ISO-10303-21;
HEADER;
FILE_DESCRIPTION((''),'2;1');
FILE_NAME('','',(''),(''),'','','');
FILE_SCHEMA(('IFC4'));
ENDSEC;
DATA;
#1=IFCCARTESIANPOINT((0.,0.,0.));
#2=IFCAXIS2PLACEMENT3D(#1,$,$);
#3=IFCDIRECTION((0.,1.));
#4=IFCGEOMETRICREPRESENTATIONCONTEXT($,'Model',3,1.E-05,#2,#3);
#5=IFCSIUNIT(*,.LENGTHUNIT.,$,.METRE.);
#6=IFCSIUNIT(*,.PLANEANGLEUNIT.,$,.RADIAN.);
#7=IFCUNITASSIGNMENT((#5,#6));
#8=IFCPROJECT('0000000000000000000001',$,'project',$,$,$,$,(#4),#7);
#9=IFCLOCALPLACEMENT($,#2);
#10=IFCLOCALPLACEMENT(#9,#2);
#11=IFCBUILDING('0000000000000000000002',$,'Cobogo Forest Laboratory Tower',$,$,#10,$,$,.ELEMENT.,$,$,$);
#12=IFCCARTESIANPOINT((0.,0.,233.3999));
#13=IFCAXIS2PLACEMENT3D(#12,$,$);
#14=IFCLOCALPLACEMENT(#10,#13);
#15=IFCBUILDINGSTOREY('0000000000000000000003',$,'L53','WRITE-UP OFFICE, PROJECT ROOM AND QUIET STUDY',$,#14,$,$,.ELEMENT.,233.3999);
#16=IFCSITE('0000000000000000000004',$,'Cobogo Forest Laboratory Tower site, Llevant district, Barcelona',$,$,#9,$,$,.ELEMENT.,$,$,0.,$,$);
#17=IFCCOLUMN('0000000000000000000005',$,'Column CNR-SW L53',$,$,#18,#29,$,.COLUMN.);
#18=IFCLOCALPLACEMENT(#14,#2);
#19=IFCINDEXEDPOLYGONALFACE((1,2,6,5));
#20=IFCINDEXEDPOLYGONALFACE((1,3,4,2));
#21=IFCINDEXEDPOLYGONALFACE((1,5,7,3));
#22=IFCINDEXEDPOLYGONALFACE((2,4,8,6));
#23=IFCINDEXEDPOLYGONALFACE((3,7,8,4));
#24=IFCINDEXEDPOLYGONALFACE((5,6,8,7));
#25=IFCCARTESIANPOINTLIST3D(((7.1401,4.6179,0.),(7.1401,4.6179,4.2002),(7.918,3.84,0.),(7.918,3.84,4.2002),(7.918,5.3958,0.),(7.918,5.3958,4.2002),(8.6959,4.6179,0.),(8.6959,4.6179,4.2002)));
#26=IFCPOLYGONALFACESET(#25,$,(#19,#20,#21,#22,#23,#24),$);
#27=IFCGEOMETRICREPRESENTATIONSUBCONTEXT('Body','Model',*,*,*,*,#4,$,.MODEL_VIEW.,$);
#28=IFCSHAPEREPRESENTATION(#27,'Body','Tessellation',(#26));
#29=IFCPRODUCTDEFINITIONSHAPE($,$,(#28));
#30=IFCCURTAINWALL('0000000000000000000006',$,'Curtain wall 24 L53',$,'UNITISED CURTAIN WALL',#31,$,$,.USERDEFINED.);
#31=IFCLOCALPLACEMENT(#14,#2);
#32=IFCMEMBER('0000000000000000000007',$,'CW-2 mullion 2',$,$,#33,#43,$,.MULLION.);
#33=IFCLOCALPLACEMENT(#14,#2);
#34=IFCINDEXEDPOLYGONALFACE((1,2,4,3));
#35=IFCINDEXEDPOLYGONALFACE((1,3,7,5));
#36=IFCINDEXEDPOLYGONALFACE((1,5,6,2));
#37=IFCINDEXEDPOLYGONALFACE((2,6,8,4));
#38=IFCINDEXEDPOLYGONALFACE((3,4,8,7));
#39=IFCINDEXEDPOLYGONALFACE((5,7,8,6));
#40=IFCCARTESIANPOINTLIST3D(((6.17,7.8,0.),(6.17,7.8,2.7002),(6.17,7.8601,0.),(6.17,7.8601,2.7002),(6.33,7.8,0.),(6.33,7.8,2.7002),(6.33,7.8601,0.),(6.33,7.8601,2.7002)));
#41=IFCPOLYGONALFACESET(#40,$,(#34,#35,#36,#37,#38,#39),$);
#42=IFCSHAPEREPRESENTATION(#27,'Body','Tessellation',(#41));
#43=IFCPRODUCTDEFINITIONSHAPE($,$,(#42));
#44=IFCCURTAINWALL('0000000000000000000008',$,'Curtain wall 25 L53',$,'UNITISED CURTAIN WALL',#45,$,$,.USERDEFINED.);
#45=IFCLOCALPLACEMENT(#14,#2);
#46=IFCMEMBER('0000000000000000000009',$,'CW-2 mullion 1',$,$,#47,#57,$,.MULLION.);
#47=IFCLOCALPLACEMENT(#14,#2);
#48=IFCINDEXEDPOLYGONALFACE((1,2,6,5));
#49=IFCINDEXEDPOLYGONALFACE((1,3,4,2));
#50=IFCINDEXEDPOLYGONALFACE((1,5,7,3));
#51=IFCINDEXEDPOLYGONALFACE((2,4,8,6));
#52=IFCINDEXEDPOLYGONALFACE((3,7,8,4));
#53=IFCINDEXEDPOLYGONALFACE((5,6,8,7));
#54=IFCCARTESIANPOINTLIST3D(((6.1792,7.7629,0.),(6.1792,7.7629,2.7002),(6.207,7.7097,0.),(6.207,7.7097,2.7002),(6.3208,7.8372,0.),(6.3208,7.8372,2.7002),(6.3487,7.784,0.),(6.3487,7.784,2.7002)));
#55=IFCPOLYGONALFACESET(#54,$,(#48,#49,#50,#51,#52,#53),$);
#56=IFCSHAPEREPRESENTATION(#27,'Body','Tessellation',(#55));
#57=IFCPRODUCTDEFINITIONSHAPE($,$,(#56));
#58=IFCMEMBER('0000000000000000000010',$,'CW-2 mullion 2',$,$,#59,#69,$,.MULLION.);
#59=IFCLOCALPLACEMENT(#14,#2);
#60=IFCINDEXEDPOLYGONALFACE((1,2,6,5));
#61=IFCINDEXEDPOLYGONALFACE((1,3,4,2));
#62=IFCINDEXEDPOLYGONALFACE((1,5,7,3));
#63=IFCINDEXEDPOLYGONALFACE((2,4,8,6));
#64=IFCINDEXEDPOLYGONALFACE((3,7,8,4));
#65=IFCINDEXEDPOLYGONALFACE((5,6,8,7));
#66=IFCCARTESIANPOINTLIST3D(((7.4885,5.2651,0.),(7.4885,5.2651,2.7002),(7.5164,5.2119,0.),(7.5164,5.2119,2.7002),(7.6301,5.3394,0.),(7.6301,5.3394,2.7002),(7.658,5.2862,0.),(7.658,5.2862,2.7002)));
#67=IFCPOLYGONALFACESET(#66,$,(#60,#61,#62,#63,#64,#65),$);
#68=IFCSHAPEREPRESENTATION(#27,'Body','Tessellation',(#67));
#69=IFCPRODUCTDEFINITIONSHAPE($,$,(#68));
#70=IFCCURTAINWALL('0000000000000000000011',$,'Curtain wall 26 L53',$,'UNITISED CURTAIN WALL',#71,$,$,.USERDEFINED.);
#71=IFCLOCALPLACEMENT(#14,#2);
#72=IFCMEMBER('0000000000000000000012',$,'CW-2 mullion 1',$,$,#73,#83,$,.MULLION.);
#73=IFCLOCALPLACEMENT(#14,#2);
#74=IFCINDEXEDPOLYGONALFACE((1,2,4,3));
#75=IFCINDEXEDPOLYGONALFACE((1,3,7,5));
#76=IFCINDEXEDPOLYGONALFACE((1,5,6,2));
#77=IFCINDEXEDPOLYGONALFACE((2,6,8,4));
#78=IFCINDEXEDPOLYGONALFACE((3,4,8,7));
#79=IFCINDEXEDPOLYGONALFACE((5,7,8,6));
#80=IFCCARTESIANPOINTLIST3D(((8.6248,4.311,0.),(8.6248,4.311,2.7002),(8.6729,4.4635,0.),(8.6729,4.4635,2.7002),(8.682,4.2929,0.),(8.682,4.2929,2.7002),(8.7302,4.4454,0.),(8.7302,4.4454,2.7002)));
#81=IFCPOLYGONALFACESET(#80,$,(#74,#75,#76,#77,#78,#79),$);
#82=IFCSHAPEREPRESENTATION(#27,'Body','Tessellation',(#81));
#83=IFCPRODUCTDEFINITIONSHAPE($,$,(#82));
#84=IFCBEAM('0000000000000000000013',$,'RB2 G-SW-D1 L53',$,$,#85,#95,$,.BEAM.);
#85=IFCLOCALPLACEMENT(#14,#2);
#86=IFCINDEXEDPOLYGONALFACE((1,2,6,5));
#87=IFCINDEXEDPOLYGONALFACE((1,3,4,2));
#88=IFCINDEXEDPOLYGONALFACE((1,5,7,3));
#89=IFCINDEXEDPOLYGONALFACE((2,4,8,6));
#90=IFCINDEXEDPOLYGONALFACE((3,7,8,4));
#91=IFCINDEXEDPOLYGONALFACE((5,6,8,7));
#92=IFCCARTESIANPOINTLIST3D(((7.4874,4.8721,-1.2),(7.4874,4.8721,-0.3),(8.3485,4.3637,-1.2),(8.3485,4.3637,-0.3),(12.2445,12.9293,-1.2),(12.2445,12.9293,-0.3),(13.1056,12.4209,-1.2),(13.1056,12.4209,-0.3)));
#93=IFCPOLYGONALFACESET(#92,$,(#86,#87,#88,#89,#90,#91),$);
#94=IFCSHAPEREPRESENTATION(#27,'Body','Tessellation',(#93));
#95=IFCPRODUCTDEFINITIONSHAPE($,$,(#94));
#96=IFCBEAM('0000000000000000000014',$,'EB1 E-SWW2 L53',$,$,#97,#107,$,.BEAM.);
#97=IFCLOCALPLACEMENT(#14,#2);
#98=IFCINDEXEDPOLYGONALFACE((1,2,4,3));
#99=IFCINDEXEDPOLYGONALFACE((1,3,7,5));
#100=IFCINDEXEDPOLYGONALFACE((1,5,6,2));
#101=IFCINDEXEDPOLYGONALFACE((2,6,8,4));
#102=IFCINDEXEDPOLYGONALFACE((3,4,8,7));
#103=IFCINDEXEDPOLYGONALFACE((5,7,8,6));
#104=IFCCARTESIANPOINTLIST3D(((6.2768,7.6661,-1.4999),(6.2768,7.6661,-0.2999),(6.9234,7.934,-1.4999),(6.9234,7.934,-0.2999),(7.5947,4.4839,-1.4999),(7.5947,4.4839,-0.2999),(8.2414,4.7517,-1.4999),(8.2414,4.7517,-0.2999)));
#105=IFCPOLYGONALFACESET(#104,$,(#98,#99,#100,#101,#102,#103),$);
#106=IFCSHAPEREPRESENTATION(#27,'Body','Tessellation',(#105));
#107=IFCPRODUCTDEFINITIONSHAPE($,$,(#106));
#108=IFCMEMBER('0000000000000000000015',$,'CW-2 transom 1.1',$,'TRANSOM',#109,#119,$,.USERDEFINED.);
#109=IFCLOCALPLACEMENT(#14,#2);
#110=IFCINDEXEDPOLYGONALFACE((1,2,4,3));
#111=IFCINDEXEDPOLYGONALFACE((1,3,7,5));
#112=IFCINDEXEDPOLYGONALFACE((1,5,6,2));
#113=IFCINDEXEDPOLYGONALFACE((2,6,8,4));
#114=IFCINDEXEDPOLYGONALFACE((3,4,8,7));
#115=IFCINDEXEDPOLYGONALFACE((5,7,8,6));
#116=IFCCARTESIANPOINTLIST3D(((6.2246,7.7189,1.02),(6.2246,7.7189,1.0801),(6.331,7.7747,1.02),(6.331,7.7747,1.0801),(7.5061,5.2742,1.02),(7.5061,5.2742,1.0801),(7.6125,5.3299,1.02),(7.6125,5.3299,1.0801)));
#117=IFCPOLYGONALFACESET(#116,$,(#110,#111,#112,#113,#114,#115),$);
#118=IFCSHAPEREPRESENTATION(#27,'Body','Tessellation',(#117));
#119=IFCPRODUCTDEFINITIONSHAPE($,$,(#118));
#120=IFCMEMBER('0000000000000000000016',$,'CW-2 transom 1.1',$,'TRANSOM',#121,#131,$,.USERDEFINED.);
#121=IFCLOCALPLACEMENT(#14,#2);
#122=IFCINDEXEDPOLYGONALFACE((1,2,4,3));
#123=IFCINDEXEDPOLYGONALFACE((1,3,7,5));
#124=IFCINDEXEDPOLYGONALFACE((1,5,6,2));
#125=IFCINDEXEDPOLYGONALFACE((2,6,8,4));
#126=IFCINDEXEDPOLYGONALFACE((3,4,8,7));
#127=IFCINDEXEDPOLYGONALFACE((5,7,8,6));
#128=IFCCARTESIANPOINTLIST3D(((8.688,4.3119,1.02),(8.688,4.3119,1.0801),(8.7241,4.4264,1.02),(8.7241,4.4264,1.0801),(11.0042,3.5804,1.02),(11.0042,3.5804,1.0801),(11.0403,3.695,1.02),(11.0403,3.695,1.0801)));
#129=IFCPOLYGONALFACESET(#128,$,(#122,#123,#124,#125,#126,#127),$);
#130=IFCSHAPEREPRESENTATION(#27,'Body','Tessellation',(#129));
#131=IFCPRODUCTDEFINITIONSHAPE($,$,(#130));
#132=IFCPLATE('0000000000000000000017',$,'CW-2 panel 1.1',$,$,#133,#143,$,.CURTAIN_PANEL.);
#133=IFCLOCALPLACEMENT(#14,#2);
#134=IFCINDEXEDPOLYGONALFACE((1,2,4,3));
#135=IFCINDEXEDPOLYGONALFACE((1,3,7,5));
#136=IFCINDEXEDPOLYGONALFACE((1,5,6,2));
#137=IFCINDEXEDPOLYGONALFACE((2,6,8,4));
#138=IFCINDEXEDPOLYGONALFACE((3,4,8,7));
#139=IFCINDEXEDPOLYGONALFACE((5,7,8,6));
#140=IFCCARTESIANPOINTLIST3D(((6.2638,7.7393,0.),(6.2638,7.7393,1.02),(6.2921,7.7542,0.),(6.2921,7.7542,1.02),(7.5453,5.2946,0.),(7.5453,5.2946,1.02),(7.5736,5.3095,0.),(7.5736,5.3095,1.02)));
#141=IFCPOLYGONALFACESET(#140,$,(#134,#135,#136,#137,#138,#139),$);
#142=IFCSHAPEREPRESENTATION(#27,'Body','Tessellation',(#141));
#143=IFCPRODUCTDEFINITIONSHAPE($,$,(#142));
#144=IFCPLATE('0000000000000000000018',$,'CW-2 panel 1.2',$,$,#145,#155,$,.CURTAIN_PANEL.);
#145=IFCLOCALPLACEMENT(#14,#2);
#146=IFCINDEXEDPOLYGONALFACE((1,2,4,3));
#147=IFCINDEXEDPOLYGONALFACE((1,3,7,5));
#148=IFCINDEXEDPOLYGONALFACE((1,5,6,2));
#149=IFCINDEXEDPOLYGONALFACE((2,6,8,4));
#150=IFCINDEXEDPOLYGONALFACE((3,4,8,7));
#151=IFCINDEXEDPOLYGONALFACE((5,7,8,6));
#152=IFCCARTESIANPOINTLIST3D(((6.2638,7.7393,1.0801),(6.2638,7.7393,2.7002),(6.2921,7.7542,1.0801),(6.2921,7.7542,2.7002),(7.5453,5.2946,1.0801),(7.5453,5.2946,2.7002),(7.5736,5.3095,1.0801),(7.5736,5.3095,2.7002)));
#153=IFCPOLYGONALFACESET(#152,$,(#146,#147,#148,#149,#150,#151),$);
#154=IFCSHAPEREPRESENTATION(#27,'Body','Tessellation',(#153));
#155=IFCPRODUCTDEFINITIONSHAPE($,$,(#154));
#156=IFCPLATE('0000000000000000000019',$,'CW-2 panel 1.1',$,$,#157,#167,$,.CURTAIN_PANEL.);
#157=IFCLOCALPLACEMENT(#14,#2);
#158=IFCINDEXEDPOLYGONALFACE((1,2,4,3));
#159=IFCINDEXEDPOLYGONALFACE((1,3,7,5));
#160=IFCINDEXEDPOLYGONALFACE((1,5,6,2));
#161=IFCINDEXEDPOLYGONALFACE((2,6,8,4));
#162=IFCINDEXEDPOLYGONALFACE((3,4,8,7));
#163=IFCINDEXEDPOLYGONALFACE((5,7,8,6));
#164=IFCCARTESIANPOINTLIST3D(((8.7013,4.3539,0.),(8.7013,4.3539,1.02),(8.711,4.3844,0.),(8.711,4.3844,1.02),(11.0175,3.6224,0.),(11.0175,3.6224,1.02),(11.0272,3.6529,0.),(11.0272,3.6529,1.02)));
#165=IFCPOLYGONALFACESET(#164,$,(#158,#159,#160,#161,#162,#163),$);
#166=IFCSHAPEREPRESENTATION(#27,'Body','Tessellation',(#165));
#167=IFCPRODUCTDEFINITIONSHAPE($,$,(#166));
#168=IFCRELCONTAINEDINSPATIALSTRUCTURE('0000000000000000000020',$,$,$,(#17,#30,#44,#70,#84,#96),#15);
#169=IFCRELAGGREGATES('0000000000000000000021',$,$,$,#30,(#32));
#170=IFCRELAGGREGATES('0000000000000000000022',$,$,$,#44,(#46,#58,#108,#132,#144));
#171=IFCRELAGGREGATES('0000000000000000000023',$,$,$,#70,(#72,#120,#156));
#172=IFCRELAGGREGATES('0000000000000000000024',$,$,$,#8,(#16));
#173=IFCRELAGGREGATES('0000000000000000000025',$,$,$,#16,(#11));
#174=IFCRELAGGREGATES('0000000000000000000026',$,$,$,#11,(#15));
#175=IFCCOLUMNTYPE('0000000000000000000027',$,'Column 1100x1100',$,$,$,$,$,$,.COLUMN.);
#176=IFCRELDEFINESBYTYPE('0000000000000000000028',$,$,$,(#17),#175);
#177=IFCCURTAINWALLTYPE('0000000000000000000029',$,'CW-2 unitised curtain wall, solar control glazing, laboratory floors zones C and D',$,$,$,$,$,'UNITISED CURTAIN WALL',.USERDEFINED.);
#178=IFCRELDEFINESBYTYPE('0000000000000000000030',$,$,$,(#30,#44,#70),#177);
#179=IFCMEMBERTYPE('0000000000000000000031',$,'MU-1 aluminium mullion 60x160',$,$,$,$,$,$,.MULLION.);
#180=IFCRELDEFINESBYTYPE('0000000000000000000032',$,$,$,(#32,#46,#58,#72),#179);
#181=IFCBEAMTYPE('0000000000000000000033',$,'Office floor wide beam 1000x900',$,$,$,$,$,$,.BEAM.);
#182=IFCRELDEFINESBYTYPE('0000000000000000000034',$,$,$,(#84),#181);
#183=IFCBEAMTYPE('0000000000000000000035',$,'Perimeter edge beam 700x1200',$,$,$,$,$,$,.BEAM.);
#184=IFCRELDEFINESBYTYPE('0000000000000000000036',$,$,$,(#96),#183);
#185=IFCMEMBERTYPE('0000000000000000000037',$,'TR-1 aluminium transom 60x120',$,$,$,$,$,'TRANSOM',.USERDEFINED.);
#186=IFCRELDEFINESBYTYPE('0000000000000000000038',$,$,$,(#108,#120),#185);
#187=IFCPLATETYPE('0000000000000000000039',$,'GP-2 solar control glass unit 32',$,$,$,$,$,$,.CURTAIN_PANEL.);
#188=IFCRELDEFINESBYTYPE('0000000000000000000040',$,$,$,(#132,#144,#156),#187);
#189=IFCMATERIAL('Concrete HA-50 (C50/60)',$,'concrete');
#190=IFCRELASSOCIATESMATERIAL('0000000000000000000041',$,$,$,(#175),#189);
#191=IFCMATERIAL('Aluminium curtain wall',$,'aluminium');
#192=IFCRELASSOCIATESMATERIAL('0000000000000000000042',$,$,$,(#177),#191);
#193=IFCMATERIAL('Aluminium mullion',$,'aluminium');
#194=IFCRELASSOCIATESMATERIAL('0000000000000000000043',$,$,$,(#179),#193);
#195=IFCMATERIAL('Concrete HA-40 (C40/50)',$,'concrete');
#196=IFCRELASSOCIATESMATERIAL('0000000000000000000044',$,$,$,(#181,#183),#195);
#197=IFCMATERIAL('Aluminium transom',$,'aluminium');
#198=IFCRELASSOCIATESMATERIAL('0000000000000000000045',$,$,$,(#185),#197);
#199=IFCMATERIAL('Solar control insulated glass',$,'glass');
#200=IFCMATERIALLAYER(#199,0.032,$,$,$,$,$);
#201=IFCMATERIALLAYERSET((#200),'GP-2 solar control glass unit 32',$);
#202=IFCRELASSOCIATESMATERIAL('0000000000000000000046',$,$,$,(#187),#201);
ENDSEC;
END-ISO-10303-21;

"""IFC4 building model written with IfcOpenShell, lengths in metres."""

from ifc_helpers import new_model, si_unit, direction, frame, origin, origin_2d, place, context, subcontext, project, spatial, rectangle, extrude, material, layer, layer_set, material_profile, profile_set, type_object, element, aggregate, save


model = new_model("IFC4")

# Units and contexts
model_context = context("Model", 3, precision=1e-05, world=origin(), true_north=direction((0.0, 1.0)))
body_context = subcontext(model_context, "Body", "Model", "MODEL_VIEW")
ifc_project = project(units=[si_unit("LENGTHUNIT", "METRE"), si_unit("PLANEANGLEUNIT", "RADIAN")], contexts=[model_context])

# Site, building, storey
site_placement = place(None, origin())
site = spatial("IfcSite", under=ifc_project, at=site_placement, Name="Cobogo Forest Laboratory Tower site, Llevant district, Barcelona", CompositionType="ELEMENT", RefElevation=0.0)
building_placement = place(site_placement, origin())
building = spatial("IfcBuilding", under=site, at=building_placement, Name="Cobogo Forest Laboratory Tower", CompositionType="ELEMENT")
storey_placement = place(building_placement, frame((0.0, 0.0, 233.3999)))
storey = spatial("IfcBuildingStorey", under=building, at=storey_placement, Name="L53", Description="WRITE-UP OFFICE, PROJECT ROOM AND QUIET STUDY", CompositionType="ELEMENT", Elevation=233.3999)

# Column
ifc_material_1 = material(Name="Concrete HA-50 (C50/60)", Category="concrete")
ifc_material_profile_1 = material_profile(ifc_material_1, rectangle(XDim=1.1001, YDim=1.1001, at=origin_2d()), Name="RC 1100x1100")
ifc_profile_set_1 = profile_set([ifc_material_profile_1], Name="Concrete HA-50 (C50/60)")
column_type = type_object("IfcColumnType", Name="Column 1100x1100", PredefinedType="COLUMN", material=ifc_profile_set_1)
column_placement = place(storey_placement, frame((7.918, 4.6179, 0.0), z_axis=(0.0, 0.0, 1.0), x_axis=(0.707107, 0.707107, 0.0)))
element("IfcColumn", 1, at=column_placement, inside=storey, type_object=column_type, Name="Column CNR-SW L53", PredefinedType="COLUMN", context=body_context, shape_type="SweptSolid", body=[
    extrude(rectangle(XDim=1.1001, YDim=1.1001, at=origin_2d()), origin(), (0.0, 0.0, 1.0), 4.2002),
])

# Curtain wall, member
ifc_material_2 = material(Name="Aluminium curtain wall", Category="aluminium")
curtain_wall_type = type_object("IfcCurtainWallType", Name="CW-2 unitised curtain wall, solar control glazing, laboratory floors zones C and D", ElementType="UNITISED CURTAIN WALL", PredefinedType="USERDEFINED", material=ifc_material_2)
curtain_wall_1_placement = place(storey_placement, origin())
curtain_wall_1 = element("IfcCurtainWall", 2, at=curtain_wall_1_placement, inside=storey, type_object=curtain_wall_type, Name="Curtain wall 24 L53", ObjectType="UNITISED CURTAIN WALL", PredefinedType="USERDEFINED")
ifc_material_3 = material(Name="Aluminium mullion", Category="aluminium")
ifc_material_profile_2 = material_profile(ifc_material_3, rectangle(XDim=0.0601, YDim=0.1599, at=origin_2d()), Name="AL 60x160")
ifc_profile_set_2 = profile_set([ifc_material_profile_2], Name="Aluminium mullion")
member_type_1 = type_object("IfcMemberType", Name="MU-1 aluminium mullion 60x160", PredefinedType="MULLION", material=ifc_profile_set_2)
member_1_placement = place(storey_placement, frame((6.25, 7.8301, 0.0), z_axis=(0.0, 0.0, 1.0), x_axis=(0.0, -1.0, 0.0)))
member_1 = element("IfcMember", 3, at=member_1_placement, type_object=member_type_1, Name="CW-2 mullion 2", PredefinedType="MULLION", context=body_context, shape_type="SweptSolid", body=[
    extrude(rectangle(XDim=0.0601, YDim=0.1599, at=origin_2d()), origin(), (0.0, 0.0, 1.0), 2.7002),
])
aggregate(curtain_wall_1, [member_1])

# Curtain wall, members
curtain_wall_2_placement = place(storey_placement, origin())
curtain_wall_2 = element("IfcCurtainWall", 4, at=curtain_wall_2_placement, inside=storey, type_object=curtain_wall_type, Name="Curtain wall 25 L53", ObjectType="UNITISED CURTAIN WALL", PredefinedType="USERDEFINED")
member_2_placement = place(storey_placement, frame((6.2639, 7.7734, 0.0), z_axis=(0.0, 0.0, 1.0), x_axis=(0.464284, -0.885686, 0.0)))
member_2 = element("IfcMember", 5, at=member_2_placement, type_object=member_type_1, Name="CW-2 mullion 1", PredefinedType="MULLION", context=body_context, shape_type="SweptSolid", body=[
    extrude(rectangle(XDim=0.0601, YDim=0.1599, at=origin_2d()), origin(), (0.0, 0.0, 1.0), 2.7002),
])
member_3_placement = place(storey_placement, frame((7.5732, 5.2756, 0.0), z_axis=(0.0, 0.0, 1.0), x_axis=(0.464284, -0.885686, 0.0)))
member_3 = element("IfcMember", 6, at=member_3_placement, type_object=member_type_1, Name="CW-2 mullion 2", PredefinedType="MULLION", context=body_context, shape_type="SweptSolid", body=[
    extrude(rectangle(XDim=0.0601, YDim=0.1599, at=origin_2d()), origin(), (0.0, 0.0, 1.0), 2.7002),
])

# Curtain wall, member
curtain_wall_3_placement = place(storey_placement, origin())
curtain_wall_3 = element("IfcCurtainWall", 7, at=curtain_wall_3_placement, inside=storey, type_object=curtain_wall_type, Name="Curtain wall 26 L53", ObjectType="UNITISED CURTAIN WALL", PredefinedType="USERDEFINED")
member_4_placement = place(storey_placement, frame((8.6775, 4.3782, 0.0), z_axis=(0.0, 0.0, 1.0), x_axis=(0.953581, -0.301136, 0.0)))
member_4 = element("IfcMember", 8, at=member_4_placement, type_object=member_type_1, Name="CW-2 mullion 1", PredefinedType="MULLION", context=body_context, shape_type="SweptSolid", body=[
    extrude(rectangle(XDim=0.0601, YDim=0.1599, at=origin_2d()), origin(), (0.0, 0.0, 1.0), 2.7002),
])

# Beams
ifc_material_4 = material(Name="Concrete HA-40 (C40/50)", Category="concrete")
ifc_material_profile_3 = material_profile(ifc_material_4, rectangle(XDim=1.0, YDim=0.8999, at=origin_2d()), Name="RC 1000x900")
ifc_profile_set_3 = profile_set([ifc_material_profile_3], Name="Concrete HA-40 (C40/50)")
beam_type_1 = type_object("IfcBeamType", Name="Office floor wide beam 1000x900", PredefinedType="BEAM", material=ifc_profile_set_3)
beam_1_placement = place(storey_placement, frame((7.918, 4.6179, -0.75), z_axis=(0.508416, 0.861111, 0.0), x_axis=(-0.861111, 0.508416, 0.0)))
element("IfcBeam", 9, at=beam_1_placement, inside=storey, type_object=beam_type_1, Name="RB2 G-SW-D1 L53", PredefinedType="BEAM", context=body_context, shape_type="SweptSolid", body=[
    extrude(rectangle(XDim=1.0, YDim=0.8999, at=origin_2d()), origin(), (0.0, 0.0, 1.0), 9.3567),
])
ifc_material_profile_4 = material_profile(ifc_material_4, rectangle(XDim=0.7, YDim=1.2, at=origin_2d()), Name="RC 700x1200")
ifc_profile_set_4 = profile_set([ifc_material_profile_4], Name="Concrete HA-40 (C40/50)")
beam_type_2 = type_object("IfcBeamType", Name="Perimeter edge beam 700x1200", PredefinedType="BEAM", material=ifc_profile_set_4)
beam_2_placement = place(storey_placement, frame((6.6001, 7.8, -0.8999), z_axis=(0.382631, -0.923901, 0.0), x_axis=(0.923901, 0.382631, 0.0)))
element("IfcBeam", 10, at=beam_2_placement, inside=storey, type_object=beam_type_2, Name="EB1 E-SWW2 L53", PredefinedType="BEAM", context=body_context, shape_type="SweptSolid", body=[
    extrude(rectangle(XDim=0.7, YDim=1.2, at=origin_2d()), origin(), (0.0, 0.0, 1.0), 3.4443),
])

# Members
ifc_material_5 = material(Name="Aluminium transom", Category="aluminium")
ifc_material_profile_5 = material_profile(ifc_material_5, rectangle(XDim=0.1201, YDim=0.0601, at=origin_2d()), Name="AL 60x120")
ifc_profile_set_5 = profile_set([ifc_material_profile_5], Name="Aluminium transom")
member_type_2 = type_object("IfcMemberType", Name="TR-1 aluminium transom 60x120", ElementType="TRANSOM", PredefinedType="USERDEFINED", material=ifc_profile_set_5)
member_5_placement = place(storey_placement, frame((6.2778, 7.7468, 1.05), z_axis=(0.464255, -0.885702, 0.0), x_axis=(0.885702, 0.464255, 0.0)))
member_5 = element("IfcMember", 11, at=member_5_placement, type_object=member_type_2, Name="CW-2 transom 1.1", ObjectType="TRANSOM", PredefinedType="USERDEFINED", context=body_context, shape_type="SweptSolid", body=[
    extrude(rectangle(XDim=0.1201, YDim=0.0601, at=origin_2d()), origin(), (0.0, 0.0, 1.0), 2.7603),
])
member_6_placement = place(storey_placement, frame((8.7061, 4.3691, 1.05), z_axis=(0.95358, -0.301141, 0.0), x_axis=(0.301141, 0.95358, 0.0)))
member_6 = element("IfcMember", 12, at=member_6_placement, type_object=member_type_2, Name="CW-2 transom 1.1", ObjectType="TRANSOM", PredefinedType="USERDEFINED", context=body_context, shape_type="SweptSolid", body=[
    extrude(rectangle(XDim=0.1201, YDim=0.0601, at=origin_2d()), origin(), (0.0, 0.0, 1.0), 2.429),
])

# Plates
ifc_material_6 = material(Name="Solar control insulated glass", Category="glass")
ifc_layer = layer(ifc_material_6, 0.032)
ifc_layer_set = layer_set([ifc_layer], Name="GP-2 solar control glass unit 32")
plate_type = type_object("IfcPlateType", Name="GP-2 solar control glass unit 32", PredefinedType="CURTAIN_PANEL", material=ifc_layer_set)
plate_1_placement = place(storey_placement, frame((6.9187, 6.5244, 0.0), z_axis=(0.0, 0.0, 1.0), x_axis=(0.464284, -0.885686, 0.0)))
plate_1 = element("IfcPlate", 13, at=plate_1_placement, type_object=plate_type, Name="CW-2 panel 1.1", PredefinedType="CURTAIN_PANEL", context=body_context, shape_type="SweptSolid", body=[
    extrude(rectangle(XDim=2.7603, YDim=0.032, at=origin_2d()), origin(), (0.0, 0.0, 1.0), 1.02),
])
plate_2_placement = place(storey_placement, frame((6.9187, 6.5244, 1.0801), z_axis=(0.0, 0.0, 1.0), x_axis=(0.464284, -0.885686, 0.0)))
plate_2 = element("IfcPlate", 14, at=plate_2_placement, type_object=plate_type, Name="CW-2 panel 1.2", PredefinedType="CURTAIN_PANEL", context=body_context, shape_type="SweptSolid", body=[
    extrude(rectangle(XDim=2.7603, YDim=0.032, at=origin_2d()), origin(), (0.0, 0.0, 1.0), 1.6201),
])
aggregate(curtain_wall_2, [member_2, member_3, member_5, plate_1, plate_2])
plate_3_placement = place(storey_placement, frame((9.8643, 4.0034, 0.0), z_axis=(0.0, 0.0, 1.0), x_axis=(0.953581, -0.301136, 0.0)))
plate_3 = element("IfcPlate", 15, at=plate_3_placement, type_object=plate_type, Name="CW-2 panel 1.1", PredefinedType="CURTAIN_PANEL", context=body_context, shape_type="SweptSolid", body=[
    extrude(rectangle(XDim=2.429, YDim=0.032, at=origin_2d()), origin(), (0.0, 0.0, 1.0), 1.02),
])
aggregate(curtain_wall_3, [member_4, member_6, plate_3])

save(model, "model.ifc")
